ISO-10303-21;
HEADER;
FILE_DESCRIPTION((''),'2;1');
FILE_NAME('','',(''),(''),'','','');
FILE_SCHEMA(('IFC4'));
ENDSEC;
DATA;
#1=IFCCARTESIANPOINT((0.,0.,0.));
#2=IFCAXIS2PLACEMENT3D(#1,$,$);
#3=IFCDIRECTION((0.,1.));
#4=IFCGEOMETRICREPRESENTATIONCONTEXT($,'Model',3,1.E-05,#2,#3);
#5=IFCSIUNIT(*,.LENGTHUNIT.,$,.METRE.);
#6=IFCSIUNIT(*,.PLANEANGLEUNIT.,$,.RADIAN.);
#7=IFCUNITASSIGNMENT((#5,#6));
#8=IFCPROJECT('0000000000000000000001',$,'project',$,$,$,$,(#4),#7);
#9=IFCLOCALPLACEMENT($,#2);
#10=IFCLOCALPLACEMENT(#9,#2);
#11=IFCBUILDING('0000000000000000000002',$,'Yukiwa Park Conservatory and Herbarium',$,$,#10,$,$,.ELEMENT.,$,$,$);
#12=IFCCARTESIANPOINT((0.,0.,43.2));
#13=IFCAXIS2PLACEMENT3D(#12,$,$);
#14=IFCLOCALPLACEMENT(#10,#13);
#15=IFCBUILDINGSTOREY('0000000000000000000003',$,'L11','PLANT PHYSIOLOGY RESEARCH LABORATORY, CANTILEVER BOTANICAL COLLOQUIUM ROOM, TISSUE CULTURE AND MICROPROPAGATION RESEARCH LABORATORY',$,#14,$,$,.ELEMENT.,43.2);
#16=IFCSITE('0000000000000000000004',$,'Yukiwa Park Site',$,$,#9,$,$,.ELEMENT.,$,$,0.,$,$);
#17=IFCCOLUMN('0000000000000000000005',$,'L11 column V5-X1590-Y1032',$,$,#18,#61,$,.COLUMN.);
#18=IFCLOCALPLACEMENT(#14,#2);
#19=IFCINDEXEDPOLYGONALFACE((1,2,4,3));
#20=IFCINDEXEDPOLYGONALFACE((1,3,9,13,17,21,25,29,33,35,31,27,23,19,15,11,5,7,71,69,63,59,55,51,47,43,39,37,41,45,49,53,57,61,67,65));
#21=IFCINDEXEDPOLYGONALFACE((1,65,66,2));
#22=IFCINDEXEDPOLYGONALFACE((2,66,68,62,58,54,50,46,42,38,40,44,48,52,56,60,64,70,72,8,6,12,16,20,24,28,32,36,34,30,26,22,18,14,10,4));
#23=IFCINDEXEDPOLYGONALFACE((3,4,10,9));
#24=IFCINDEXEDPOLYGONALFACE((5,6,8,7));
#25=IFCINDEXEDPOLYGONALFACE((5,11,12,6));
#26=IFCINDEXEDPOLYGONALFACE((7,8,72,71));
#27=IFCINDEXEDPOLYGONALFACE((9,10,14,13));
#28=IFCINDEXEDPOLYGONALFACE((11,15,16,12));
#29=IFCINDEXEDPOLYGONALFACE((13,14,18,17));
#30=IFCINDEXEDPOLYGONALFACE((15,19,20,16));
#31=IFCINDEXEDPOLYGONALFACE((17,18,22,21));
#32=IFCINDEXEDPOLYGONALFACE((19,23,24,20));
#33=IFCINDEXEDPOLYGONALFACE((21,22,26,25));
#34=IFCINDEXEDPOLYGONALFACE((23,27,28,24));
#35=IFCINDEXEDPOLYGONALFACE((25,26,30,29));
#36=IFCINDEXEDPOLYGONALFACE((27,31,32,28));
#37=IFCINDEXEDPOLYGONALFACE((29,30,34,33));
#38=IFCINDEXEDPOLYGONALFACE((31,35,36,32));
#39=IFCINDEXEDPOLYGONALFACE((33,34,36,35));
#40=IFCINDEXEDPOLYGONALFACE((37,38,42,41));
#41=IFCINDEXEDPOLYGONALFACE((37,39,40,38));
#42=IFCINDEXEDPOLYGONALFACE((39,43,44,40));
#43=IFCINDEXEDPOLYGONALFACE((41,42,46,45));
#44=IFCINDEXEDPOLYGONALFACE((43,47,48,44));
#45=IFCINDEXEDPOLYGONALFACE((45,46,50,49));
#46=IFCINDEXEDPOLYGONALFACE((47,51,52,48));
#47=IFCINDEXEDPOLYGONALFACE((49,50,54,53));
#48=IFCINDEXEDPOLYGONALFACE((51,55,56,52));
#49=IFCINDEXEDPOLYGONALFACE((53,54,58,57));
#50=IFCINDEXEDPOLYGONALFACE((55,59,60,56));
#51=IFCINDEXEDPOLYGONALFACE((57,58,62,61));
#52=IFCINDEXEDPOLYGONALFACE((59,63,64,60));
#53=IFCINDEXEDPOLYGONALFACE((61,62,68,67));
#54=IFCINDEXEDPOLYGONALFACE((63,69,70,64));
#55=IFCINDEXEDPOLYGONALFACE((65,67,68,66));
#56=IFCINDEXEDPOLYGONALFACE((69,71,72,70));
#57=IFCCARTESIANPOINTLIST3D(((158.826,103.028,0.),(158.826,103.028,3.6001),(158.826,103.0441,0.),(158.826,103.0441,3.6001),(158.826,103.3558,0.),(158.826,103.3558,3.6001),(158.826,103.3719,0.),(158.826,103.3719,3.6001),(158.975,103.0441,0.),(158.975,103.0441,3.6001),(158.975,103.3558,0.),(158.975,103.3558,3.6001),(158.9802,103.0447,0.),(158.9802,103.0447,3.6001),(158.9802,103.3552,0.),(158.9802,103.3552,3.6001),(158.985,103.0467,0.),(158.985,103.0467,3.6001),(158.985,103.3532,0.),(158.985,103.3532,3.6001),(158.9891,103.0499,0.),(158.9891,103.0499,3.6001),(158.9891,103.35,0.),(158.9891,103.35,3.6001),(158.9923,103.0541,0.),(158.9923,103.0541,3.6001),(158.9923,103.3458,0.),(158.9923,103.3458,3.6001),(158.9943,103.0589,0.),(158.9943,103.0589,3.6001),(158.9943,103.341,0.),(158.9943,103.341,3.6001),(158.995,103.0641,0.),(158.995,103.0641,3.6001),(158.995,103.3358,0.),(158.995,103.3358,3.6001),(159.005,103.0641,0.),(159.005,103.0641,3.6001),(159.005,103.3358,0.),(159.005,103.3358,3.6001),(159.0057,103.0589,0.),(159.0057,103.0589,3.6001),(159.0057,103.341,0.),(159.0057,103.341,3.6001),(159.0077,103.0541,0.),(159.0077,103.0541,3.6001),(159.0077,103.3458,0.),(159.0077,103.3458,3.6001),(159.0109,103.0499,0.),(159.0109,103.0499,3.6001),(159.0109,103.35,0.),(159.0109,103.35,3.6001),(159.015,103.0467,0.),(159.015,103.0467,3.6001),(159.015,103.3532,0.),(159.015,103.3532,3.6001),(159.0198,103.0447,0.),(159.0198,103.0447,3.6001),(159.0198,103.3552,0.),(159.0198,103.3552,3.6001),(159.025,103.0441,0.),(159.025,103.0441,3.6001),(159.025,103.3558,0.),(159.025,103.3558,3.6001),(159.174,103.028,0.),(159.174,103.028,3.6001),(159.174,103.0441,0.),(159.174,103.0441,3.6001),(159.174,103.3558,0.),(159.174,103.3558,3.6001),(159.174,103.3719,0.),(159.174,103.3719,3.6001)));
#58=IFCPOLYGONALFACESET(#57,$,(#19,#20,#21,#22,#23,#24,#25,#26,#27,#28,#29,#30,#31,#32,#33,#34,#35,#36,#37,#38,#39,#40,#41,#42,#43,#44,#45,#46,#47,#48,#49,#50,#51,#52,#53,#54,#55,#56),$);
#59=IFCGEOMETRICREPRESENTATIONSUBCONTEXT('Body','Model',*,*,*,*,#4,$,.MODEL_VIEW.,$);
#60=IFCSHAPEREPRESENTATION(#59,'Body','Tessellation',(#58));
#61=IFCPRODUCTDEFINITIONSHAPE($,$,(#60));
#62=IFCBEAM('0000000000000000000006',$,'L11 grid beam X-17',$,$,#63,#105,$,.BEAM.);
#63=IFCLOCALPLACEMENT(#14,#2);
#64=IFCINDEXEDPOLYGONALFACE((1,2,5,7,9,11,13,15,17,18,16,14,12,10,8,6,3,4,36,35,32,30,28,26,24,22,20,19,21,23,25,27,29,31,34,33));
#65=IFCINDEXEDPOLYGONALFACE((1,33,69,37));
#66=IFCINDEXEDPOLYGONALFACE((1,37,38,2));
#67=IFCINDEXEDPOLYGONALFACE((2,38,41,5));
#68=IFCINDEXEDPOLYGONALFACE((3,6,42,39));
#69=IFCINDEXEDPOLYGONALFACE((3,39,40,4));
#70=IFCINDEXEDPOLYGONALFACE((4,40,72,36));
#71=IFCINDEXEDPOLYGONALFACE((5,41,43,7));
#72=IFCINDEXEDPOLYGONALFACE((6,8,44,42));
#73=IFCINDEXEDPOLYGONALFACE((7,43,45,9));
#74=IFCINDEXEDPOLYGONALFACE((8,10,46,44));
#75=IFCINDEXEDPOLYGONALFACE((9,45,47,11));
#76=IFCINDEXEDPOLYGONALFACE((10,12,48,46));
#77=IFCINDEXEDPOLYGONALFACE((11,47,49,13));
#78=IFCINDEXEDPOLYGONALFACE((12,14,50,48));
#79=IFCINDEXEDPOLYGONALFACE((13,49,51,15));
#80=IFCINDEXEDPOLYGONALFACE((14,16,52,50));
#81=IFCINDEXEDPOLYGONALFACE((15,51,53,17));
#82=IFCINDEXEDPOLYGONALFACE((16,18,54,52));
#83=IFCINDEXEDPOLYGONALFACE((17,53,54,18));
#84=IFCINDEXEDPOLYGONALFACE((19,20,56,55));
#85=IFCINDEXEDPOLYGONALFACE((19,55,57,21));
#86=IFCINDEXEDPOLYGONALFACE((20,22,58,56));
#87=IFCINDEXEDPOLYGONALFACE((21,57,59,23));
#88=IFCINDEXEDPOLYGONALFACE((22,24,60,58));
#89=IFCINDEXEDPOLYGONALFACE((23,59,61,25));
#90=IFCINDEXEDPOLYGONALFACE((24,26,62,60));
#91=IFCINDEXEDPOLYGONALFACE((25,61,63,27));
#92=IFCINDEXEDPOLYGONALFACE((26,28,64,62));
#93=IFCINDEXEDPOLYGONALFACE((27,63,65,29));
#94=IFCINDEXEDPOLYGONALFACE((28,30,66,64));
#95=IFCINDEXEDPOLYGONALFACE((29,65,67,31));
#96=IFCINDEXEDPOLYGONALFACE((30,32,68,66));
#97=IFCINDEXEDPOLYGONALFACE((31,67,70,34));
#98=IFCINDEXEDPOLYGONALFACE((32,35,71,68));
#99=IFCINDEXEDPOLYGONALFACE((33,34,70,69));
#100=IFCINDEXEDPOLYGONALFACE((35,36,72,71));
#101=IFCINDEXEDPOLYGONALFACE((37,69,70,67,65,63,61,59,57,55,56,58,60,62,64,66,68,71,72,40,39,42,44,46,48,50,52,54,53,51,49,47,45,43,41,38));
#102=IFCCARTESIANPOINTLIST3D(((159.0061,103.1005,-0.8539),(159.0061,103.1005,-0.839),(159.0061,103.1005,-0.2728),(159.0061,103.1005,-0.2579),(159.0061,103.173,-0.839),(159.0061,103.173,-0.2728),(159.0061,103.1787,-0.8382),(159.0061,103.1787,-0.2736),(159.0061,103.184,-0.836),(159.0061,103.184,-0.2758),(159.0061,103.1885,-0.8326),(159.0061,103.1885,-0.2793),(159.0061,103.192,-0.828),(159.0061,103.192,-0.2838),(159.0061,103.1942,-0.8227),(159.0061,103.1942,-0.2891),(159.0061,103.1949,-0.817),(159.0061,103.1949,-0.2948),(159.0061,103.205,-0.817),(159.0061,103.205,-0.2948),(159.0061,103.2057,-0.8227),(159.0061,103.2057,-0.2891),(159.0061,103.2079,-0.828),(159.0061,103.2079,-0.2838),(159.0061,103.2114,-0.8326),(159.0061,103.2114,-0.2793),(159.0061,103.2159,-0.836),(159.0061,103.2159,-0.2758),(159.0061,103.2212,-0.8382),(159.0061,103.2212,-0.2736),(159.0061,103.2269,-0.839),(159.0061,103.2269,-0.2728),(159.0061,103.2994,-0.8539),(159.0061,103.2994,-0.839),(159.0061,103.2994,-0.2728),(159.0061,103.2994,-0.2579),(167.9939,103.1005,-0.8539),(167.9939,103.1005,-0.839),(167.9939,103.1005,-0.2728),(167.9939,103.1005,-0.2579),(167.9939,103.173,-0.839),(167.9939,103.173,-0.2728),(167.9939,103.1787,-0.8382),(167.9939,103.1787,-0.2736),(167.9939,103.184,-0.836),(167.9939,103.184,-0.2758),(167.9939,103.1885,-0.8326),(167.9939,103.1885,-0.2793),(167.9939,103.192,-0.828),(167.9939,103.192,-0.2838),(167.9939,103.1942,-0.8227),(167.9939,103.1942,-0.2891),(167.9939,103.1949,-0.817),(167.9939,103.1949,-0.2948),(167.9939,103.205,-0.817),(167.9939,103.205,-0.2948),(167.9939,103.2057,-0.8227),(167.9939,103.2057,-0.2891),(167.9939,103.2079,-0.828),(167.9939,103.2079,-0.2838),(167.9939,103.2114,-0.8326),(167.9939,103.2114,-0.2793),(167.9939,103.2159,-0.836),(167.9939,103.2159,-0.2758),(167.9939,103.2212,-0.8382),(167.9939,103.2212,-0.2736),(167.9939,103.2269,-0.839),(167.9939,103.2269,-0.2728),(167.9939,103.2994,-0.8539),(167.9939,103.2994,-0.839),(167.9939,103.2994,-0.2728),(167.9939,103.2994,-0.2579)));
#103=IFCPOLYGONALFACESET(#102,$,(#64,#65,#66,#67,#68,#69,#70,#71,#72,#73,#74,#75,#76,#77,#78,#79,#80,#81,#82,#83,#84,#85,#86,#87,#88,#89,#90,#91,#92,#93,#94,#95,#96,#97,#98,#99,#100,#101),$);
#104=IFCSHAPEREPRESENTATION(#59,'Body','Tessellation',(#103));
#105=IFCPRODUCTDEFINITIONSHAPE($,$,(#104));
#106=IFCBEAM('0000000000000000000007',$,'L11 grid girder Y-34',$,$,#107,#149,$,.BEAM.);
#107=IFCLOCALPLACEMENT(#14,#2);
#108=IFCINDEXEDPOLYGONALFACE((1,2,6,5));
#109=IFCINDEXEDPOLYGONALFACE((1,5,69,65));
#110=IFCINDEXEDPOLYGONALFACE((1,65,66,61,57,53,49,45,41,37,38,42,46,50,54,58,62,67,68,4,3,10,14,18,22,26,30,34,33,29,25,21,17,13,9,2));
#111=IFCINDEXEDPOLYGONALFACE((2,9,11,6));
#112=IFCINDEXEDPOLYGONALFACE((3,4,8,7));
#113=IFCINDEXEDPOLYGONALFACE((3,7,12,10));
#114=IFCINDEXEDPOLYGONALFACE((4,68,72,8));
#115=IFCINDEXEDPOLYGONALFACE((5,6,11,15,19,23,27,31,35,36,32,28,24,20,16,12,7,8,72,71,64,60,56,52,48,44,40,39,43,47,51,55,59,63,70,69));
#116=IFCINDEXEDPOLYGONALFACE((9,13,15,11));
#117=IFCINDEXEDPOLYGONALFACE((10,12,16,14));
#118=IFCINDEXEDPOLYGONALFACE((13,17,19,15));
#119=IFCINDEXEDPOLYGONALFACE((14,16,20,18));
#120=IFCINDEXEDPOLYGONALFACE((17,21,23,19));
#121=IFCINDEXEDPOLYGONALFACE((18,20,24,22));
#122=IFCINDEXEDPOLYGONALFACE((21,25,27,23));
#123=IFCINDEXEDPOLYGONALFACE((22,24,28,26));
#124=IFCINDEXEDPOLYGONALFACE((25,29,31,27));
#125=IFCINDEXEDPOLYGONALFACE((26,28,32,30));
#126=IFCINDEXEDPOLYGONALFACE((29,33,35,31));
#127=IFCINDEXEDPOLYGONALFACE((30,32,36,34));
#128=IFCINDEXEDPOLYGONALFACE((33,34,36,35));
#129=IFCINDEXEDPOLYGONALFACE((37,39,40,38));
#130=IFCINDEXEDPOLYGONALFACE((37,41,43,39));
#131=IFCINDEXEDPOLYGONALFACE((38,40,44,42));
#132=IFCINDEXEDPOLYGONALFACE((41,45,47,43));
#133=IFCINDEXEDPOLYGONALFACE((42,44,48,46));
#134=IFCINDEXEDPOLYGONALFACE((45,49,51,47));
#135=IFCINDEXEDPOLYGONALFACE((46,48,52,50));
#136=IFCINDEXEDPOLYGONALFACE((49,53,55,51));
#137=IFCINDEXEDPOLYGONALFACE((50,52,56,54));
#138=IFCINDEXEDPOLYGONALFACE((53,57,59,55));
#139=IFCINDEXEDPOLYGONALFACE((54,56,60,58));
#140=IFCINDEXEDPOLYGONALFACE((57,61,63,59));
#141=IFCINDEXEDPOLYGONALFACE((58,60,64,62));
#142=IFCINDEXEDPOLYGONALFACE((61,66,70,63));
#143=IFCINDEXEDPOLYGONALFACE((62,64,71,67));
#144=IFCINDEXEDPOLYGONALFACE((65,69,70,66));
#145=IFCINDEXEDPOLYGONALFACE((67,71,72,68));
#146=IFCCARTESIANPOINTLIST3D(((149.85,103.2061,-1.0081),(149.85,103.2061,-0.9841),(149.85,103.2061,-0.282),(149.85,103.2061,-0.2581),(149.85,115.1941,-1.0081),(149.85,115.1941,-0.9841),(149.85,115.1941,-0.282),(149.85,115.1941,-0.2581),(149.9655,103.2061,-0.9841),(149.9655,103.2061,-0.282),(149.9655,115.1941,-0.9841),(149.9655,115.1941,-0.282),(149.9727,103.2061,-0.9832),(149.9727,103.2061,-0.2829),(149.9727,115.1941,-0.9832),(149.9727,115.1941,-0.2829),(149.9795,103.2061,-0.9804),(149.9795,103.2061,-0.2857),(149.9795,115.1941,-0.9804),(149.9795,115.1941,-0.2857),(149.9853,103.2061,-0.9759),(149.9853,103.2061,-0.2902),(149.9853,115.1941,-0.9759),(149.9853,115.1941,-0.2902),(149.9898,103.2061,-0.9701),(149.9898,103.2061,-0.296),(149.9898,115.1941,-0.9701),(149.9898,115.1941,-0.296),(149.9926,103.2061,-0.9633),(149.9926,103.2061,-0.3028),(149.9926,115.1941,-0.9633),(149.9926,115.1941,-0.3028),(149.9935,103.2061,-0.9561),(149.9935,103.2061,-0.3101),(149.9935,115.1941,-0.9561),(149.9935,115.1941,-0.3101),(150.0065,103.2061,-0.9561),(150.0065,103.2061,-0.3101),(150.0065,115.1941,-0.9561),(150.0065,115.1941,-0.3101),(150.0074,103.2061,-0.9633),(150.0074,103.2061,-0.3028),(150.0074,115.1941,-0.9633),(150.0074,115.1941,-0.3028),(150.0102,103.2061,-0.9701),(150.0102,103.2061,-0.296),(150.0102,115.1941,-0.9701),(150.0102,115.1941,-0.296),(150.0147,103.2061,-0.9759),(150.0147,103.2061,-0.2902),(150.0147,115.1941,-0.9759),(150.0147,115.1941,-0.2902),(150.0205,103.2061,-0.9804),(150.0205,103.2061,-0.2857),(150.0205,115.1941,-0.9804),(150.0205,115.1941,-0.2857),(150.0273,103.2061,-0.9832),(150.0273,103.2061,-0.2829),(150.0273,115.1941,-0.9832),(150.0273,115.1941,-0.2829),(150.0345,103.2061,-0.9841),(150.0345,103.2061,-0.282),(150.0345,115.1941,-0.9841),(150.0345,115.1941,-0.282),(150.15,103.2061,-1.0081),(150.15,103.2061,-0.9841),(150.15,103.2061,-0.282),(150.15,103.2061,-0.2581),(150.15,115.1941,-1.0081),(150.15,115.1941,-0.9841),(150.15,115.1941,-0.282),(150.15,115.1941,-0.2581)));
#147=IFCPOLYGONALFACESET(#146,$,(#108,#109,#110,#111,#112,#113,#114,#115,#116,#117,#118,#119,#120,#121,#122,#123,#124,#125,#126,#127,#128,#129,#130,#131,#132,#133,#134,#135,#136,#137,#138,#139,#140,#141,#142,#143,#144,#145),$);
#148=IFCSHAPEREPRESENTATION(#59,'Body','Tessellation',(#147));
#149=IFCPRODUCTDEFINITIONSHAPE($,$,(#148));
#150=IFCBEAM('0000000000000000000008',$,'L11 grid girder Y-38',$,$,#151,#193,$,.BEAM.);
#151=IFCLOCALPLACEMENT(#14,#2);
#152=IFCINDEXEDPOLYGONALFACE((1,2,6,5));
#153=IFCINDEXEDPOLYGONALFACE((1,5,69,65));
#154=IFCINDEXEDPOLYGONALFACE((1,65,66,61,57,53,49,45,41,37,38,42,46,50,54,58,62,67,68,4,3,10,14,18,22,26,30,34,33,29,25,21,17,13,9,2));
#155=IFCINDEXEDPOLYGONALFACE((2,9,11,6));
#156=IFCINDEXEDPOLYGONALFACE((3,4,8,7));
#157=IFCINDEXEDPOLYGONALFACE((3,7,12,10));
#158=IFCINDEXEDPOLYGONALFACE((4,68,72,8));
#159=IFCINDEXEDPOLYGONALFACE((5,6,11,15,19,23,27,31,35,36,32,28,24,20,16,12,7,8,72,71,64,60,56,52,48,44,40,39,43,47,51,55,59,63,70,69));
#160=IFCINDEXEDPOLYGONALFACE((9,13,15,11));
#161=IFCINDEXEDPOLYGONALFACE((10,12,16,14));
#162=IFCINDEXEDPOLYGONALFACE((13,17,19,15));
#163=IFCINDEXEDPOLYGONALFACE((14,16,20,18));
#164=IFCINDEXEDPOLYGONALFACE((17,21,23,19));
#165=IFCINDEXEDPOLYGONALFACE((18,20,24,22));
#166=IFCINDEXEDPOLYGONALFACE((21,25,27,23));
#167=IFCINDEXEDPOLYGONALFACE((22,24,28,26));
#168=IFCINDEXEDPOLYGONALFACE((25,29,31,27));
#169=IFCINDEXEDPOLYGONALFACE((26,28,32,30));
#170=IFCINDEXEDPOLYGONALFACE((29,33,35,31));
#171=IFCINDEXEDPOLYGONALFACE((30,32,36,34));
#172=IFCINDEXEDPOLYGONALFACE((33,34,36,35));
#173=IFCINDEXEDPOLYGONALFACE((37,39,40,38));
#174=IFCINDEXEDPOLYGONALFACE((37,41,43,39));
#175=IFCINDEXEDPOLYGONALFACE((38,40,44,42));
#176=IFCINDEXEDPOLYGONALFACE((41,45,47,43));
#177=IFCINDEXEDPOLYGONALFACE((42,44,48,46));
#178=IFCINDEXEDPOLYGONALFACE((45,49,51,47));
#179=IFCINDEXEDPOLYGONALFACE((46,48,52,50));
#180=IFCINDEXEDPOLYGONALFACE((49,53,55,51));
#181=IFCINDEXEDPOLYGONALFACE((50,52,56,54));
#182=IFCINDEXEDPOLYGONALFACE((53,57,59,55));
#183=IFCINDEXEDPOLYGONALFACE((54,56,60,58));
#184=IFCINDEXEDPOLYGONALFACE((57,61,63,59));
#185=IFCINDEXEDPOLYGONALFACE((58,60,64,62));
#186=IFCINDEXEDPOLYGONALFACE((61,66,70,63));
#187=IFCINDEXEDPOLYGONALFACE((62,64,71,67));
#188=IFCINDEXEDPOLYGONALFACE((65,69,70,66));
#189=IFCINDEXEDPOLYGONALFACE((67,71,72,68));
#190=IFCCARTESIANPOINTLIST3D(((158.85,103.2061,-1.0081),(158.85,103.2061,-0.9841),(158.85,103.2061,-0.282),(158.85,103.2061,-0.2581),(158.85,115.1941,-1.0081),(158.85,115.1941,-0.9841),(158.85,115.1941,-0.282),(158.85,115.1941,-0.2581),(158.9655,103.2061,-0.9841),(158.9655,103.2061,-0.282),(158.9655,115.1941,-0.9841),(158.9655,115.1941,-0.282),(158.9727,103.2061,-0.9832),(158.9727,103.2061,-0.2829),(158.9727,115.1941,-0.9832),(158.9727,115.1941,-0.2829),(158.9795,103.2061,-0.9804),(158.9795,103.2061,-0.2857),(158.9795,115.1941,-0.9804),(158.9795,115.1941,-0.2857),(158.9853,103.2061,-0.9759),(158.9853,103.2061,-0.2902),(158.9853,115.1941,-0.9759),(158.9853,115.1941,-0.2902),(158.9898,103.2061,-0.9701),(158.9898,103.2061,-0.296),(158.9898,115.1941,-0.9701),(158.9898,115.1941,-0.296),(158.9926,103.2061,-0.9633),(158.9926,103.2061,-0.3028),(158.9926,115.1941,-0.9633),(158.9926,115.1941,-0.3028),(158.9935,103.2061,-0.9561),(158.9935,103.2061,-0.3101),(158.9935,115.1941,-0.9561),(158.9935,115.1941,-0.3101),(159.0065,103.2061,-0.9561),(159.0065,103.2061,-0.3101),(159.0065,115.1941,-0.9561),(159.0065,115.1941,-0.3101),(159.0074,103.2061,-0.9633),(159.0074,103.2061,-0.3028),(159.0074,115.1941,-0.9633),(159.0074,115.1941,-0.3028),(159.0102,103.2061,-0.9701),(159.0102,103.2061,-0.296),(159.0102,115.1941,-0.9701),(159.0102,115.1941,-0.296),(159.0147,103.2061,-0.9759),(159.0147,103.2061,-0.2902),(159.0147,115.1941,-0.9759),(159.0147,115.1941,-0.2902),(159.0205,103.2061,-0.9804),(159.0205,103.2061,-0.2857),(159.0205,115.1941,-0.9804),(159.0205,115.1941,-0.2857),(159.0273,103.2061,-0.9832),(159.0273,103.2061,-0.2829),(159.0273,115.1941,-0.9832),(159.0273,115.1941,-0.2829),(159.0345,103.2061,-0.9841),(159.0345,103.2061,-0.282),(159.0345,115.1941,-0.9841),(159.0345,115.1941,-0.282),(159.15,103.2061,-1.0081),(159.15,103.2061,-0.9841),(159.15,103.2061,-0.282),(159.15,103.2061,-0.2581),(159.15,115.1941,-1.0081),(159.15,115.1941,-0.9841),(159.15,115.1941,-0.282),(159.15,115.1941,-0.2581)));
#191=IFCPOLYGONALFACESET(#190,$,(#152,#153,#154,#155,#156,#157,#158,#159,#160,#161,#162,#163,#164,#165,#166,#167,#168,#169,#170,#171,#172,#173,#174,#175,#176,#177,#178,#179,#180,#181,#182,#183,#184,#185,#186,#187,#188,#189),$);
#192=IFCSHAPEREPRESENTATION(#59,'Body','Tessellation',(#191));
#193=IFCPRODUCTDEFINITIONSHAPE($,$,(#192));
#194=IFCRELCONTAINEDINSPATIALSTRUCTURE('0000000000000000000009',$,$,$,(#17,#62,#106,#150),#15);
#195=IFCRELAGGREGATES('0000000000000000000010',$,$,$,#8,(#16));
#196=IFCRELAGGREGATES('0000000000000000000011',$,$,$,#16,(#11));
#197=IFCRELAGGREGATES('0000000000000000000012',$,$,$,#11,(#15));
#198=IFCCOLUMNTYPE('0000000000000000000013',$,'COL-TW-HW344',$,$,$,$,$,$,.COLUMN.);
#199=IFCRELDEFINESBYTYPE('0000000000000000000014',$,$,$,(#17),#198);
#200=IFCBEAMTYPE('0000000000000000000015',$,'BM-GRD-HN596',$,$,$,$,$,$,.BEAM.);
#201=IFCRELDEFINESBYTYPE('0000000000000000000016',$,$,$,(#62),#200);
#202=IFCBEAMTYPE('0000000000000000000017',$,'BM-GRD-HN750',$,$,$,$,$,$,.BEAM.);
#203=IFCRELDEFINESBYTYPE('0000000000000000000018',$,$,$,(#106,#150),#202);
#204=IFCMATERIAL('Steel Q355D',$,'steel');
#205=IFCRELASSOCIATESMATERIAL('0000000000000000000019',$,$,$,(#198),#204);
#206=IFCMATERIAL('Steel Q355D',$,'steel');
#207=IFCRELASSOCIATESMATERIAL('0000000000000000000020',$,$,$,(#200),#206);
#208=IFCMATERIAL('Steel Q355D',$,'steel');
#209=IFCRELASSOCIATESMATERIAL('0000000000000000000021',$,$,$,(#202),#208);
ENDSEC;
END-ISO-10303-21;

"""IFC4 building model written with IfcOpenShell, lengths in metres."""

from ifc_helpers import new_model, si_unit, direction, frame, origin, origin_2d, place, context, subcontext, project, spatial, i_section, extrude, material, material_profile, profile_set, type_object, element, save


model = new_model("IFC4")

# Units and contexts
model_context = context("Model", 3, precision=1e-05, world=origin(), true_north=direction((0.0, 1.0)))
body_context = subcontext(model_context, "Body", "Model", "MODEL_VIEW")
ifc_project = project(units=[si_unit("LENGTHUNIT", "METRE"), si_unit("PLANEANGLEUNIT", "RADIAN")], contexts=[model_context])

# Site, building, storey
site_placement = place(None, origin())
site = spatial("IfcSite", under=ifc_project, at=site_placement, Name="Yukiwa Park Site", CompositionType="ELEMENT", RefElevation=0.0)
building_placement = place(site_placement, origin())
building = spatial("IfcBuilding", under=site, at=building_placement, Name="Yukiwa Park Conservatory and Herbarium", CompositionType="ELEMENT")
storey_placement = place(building_placement, frame((0.0, 0.0, 43.2)))
storey = spatial("IfcBuildingStorey", under=building, at=storey_placement, Name="L11", Description="PLANT PHYSIOLOGY RESEARCH LABORATORY, CANTILEVER BOTANICAL COLLOQUIUM ROOM, TISSUE CULTURE AND MICROPROPAGATION RESEARCH LABORATORY", CompositionType="ELEMENT", Elevation=43.2)

# Column
ifc_material_1 = material(Name="Steel Q355D", Category="steel")
ifc_material_profile_1 = material_profile(ifc_material_1, i_section(OverallWidth=0.3479, OverallDepth=0.344, WebThickness=0.01, FlangeThickness=0.0161, FilletRadius=0.02, at=origin_2d()), Name="HW 344x348x10x16")
ifc_profile_set_1 = profile_set([ifc_material_profile_1], Name="Steel Q355D")
column_type_1 = type_object("IfcColumnType", Name="COL-TW-HW344", PredefinedType="COLUMN", material=ifc_profile_set_1)
for number, where, z_axis, x_axis, name in (
    (1, (159.0, 103.2, 0.0), (0.0, 0.0, 1.0), (1.0, 0.0, 0.0), "L11 column V5-X1590-Y1032"),
):
    element("IfcColumn", number, at=place(storey_placement, frame(where, z_axis=z_axis, x_axis=x_axis)), inside=storey, type_object=column_type_1, Name=name, PredefinedType="COLUMN", context=body_context, shape_type="SweptSolid", body=[
        extrude(i_section(OverallWidth=0.3479, OverallDepth=0.344, WebThickness=0.01, FlangeThickness=0.0161, FilletRadius=0.02, at=origin_2d()), origin(), (0.0, 0.0, 1.0), 3.6001),
    ])

# Beams
ifc_material_2 = material(Name="Steel Q355D", Category="steel")
ifc_material_profile_2 = material_profile(ifc_material_2, i_section(OverallWidth=0.199, OverallDepth=0.5959, WebThickness=0.01, FlangeThickness=0.0149, FilletRadius=0.022, at=origin_2d()), Name="HN 596x199x10x15")
ifc_profile_set_2 = profile_set([ifc_material_profile_2], Name="Steel Q355D")
beam_type_1 = type_object("IfcBeamType", Name="BM-GRD-HN596", PredefinedType="BEAM", material=ifc_profile_set_2)
beam_placement = place(storey_placement, frame((159.0061, 103.2, -0.5559), z_axis=(1.0, 0.0, 0.0), x_axis=(0.0, 1.0, 0.0)))
element("IfcBeam", 2, at=beam_placement, inside=storey, type_object=beam_type_1, Name="L11 grid beam X-17", PredefinedType="BEAM", context=body_context, shape_type="SweptSolid", body=[
    extrude(i_section(OverallWidth=0.199, OverallDepth=0.5959, WebThickness=0.01, FlangeThickness=0.0149, FilletRadius=0.022, at=origin_2d()), origin(), (0.0, 0.0, 1.0), 8.9878),
])
ifc_material_3 = material(Name="Steel Q355D", Category="steel")
ifc_material_profile_3 = material_profile(ifc_material_3, i_section(OverallWidth=0.3, OverallDepth=0.75, WebThickness=0.0129, FlangeThickness=0.0239, FilletRadius=0.0281, at=origin_2d()), Name="HN 750x300x13x24")
ifc_profile_set_3 = profile_set([ifc_material_profile_3], Name="Steel Q355D")
beam_type_2 = type_object("IfcBeamType", Name="BM-GRD-HN750", PredefinedType="BEAM", material=ifc_profile_set_3)
for number, where, z_axis, x_axis, name in (
    (3, (150.0, 103.2061, -0.6331), (0.0, 1.0, 0.0), (-1.0, 0.0, 0.0), "L11 grid girder Y-34"),
    (4, (159.0, 103.2061, -0.6331), (0.0, 1.0, 0.0), (-1.0, 0.0, 0.0), "L11 grid girder Y-38"),
):
    element("IfcBeam", number, at=place(storey_placement, frame(where, z_axis=z_axis, x_axis=x_axis)), inside=storey, type_object=beam_type_2, Name=name, PredefinedType="BEAM", context=body_context, shape_type="SweptSolid", body=[
        extrude(i_section(OverallWidth=0.3, OverallDepth=0.75, WebThickness=0.0129, FlangeThickness=0.0239, FilletRadius=0.0281, at=origin_2d()), origin(), (0.0, 0.0, 1.0), 11.988),
    ])

save(model, "model.ifc")
